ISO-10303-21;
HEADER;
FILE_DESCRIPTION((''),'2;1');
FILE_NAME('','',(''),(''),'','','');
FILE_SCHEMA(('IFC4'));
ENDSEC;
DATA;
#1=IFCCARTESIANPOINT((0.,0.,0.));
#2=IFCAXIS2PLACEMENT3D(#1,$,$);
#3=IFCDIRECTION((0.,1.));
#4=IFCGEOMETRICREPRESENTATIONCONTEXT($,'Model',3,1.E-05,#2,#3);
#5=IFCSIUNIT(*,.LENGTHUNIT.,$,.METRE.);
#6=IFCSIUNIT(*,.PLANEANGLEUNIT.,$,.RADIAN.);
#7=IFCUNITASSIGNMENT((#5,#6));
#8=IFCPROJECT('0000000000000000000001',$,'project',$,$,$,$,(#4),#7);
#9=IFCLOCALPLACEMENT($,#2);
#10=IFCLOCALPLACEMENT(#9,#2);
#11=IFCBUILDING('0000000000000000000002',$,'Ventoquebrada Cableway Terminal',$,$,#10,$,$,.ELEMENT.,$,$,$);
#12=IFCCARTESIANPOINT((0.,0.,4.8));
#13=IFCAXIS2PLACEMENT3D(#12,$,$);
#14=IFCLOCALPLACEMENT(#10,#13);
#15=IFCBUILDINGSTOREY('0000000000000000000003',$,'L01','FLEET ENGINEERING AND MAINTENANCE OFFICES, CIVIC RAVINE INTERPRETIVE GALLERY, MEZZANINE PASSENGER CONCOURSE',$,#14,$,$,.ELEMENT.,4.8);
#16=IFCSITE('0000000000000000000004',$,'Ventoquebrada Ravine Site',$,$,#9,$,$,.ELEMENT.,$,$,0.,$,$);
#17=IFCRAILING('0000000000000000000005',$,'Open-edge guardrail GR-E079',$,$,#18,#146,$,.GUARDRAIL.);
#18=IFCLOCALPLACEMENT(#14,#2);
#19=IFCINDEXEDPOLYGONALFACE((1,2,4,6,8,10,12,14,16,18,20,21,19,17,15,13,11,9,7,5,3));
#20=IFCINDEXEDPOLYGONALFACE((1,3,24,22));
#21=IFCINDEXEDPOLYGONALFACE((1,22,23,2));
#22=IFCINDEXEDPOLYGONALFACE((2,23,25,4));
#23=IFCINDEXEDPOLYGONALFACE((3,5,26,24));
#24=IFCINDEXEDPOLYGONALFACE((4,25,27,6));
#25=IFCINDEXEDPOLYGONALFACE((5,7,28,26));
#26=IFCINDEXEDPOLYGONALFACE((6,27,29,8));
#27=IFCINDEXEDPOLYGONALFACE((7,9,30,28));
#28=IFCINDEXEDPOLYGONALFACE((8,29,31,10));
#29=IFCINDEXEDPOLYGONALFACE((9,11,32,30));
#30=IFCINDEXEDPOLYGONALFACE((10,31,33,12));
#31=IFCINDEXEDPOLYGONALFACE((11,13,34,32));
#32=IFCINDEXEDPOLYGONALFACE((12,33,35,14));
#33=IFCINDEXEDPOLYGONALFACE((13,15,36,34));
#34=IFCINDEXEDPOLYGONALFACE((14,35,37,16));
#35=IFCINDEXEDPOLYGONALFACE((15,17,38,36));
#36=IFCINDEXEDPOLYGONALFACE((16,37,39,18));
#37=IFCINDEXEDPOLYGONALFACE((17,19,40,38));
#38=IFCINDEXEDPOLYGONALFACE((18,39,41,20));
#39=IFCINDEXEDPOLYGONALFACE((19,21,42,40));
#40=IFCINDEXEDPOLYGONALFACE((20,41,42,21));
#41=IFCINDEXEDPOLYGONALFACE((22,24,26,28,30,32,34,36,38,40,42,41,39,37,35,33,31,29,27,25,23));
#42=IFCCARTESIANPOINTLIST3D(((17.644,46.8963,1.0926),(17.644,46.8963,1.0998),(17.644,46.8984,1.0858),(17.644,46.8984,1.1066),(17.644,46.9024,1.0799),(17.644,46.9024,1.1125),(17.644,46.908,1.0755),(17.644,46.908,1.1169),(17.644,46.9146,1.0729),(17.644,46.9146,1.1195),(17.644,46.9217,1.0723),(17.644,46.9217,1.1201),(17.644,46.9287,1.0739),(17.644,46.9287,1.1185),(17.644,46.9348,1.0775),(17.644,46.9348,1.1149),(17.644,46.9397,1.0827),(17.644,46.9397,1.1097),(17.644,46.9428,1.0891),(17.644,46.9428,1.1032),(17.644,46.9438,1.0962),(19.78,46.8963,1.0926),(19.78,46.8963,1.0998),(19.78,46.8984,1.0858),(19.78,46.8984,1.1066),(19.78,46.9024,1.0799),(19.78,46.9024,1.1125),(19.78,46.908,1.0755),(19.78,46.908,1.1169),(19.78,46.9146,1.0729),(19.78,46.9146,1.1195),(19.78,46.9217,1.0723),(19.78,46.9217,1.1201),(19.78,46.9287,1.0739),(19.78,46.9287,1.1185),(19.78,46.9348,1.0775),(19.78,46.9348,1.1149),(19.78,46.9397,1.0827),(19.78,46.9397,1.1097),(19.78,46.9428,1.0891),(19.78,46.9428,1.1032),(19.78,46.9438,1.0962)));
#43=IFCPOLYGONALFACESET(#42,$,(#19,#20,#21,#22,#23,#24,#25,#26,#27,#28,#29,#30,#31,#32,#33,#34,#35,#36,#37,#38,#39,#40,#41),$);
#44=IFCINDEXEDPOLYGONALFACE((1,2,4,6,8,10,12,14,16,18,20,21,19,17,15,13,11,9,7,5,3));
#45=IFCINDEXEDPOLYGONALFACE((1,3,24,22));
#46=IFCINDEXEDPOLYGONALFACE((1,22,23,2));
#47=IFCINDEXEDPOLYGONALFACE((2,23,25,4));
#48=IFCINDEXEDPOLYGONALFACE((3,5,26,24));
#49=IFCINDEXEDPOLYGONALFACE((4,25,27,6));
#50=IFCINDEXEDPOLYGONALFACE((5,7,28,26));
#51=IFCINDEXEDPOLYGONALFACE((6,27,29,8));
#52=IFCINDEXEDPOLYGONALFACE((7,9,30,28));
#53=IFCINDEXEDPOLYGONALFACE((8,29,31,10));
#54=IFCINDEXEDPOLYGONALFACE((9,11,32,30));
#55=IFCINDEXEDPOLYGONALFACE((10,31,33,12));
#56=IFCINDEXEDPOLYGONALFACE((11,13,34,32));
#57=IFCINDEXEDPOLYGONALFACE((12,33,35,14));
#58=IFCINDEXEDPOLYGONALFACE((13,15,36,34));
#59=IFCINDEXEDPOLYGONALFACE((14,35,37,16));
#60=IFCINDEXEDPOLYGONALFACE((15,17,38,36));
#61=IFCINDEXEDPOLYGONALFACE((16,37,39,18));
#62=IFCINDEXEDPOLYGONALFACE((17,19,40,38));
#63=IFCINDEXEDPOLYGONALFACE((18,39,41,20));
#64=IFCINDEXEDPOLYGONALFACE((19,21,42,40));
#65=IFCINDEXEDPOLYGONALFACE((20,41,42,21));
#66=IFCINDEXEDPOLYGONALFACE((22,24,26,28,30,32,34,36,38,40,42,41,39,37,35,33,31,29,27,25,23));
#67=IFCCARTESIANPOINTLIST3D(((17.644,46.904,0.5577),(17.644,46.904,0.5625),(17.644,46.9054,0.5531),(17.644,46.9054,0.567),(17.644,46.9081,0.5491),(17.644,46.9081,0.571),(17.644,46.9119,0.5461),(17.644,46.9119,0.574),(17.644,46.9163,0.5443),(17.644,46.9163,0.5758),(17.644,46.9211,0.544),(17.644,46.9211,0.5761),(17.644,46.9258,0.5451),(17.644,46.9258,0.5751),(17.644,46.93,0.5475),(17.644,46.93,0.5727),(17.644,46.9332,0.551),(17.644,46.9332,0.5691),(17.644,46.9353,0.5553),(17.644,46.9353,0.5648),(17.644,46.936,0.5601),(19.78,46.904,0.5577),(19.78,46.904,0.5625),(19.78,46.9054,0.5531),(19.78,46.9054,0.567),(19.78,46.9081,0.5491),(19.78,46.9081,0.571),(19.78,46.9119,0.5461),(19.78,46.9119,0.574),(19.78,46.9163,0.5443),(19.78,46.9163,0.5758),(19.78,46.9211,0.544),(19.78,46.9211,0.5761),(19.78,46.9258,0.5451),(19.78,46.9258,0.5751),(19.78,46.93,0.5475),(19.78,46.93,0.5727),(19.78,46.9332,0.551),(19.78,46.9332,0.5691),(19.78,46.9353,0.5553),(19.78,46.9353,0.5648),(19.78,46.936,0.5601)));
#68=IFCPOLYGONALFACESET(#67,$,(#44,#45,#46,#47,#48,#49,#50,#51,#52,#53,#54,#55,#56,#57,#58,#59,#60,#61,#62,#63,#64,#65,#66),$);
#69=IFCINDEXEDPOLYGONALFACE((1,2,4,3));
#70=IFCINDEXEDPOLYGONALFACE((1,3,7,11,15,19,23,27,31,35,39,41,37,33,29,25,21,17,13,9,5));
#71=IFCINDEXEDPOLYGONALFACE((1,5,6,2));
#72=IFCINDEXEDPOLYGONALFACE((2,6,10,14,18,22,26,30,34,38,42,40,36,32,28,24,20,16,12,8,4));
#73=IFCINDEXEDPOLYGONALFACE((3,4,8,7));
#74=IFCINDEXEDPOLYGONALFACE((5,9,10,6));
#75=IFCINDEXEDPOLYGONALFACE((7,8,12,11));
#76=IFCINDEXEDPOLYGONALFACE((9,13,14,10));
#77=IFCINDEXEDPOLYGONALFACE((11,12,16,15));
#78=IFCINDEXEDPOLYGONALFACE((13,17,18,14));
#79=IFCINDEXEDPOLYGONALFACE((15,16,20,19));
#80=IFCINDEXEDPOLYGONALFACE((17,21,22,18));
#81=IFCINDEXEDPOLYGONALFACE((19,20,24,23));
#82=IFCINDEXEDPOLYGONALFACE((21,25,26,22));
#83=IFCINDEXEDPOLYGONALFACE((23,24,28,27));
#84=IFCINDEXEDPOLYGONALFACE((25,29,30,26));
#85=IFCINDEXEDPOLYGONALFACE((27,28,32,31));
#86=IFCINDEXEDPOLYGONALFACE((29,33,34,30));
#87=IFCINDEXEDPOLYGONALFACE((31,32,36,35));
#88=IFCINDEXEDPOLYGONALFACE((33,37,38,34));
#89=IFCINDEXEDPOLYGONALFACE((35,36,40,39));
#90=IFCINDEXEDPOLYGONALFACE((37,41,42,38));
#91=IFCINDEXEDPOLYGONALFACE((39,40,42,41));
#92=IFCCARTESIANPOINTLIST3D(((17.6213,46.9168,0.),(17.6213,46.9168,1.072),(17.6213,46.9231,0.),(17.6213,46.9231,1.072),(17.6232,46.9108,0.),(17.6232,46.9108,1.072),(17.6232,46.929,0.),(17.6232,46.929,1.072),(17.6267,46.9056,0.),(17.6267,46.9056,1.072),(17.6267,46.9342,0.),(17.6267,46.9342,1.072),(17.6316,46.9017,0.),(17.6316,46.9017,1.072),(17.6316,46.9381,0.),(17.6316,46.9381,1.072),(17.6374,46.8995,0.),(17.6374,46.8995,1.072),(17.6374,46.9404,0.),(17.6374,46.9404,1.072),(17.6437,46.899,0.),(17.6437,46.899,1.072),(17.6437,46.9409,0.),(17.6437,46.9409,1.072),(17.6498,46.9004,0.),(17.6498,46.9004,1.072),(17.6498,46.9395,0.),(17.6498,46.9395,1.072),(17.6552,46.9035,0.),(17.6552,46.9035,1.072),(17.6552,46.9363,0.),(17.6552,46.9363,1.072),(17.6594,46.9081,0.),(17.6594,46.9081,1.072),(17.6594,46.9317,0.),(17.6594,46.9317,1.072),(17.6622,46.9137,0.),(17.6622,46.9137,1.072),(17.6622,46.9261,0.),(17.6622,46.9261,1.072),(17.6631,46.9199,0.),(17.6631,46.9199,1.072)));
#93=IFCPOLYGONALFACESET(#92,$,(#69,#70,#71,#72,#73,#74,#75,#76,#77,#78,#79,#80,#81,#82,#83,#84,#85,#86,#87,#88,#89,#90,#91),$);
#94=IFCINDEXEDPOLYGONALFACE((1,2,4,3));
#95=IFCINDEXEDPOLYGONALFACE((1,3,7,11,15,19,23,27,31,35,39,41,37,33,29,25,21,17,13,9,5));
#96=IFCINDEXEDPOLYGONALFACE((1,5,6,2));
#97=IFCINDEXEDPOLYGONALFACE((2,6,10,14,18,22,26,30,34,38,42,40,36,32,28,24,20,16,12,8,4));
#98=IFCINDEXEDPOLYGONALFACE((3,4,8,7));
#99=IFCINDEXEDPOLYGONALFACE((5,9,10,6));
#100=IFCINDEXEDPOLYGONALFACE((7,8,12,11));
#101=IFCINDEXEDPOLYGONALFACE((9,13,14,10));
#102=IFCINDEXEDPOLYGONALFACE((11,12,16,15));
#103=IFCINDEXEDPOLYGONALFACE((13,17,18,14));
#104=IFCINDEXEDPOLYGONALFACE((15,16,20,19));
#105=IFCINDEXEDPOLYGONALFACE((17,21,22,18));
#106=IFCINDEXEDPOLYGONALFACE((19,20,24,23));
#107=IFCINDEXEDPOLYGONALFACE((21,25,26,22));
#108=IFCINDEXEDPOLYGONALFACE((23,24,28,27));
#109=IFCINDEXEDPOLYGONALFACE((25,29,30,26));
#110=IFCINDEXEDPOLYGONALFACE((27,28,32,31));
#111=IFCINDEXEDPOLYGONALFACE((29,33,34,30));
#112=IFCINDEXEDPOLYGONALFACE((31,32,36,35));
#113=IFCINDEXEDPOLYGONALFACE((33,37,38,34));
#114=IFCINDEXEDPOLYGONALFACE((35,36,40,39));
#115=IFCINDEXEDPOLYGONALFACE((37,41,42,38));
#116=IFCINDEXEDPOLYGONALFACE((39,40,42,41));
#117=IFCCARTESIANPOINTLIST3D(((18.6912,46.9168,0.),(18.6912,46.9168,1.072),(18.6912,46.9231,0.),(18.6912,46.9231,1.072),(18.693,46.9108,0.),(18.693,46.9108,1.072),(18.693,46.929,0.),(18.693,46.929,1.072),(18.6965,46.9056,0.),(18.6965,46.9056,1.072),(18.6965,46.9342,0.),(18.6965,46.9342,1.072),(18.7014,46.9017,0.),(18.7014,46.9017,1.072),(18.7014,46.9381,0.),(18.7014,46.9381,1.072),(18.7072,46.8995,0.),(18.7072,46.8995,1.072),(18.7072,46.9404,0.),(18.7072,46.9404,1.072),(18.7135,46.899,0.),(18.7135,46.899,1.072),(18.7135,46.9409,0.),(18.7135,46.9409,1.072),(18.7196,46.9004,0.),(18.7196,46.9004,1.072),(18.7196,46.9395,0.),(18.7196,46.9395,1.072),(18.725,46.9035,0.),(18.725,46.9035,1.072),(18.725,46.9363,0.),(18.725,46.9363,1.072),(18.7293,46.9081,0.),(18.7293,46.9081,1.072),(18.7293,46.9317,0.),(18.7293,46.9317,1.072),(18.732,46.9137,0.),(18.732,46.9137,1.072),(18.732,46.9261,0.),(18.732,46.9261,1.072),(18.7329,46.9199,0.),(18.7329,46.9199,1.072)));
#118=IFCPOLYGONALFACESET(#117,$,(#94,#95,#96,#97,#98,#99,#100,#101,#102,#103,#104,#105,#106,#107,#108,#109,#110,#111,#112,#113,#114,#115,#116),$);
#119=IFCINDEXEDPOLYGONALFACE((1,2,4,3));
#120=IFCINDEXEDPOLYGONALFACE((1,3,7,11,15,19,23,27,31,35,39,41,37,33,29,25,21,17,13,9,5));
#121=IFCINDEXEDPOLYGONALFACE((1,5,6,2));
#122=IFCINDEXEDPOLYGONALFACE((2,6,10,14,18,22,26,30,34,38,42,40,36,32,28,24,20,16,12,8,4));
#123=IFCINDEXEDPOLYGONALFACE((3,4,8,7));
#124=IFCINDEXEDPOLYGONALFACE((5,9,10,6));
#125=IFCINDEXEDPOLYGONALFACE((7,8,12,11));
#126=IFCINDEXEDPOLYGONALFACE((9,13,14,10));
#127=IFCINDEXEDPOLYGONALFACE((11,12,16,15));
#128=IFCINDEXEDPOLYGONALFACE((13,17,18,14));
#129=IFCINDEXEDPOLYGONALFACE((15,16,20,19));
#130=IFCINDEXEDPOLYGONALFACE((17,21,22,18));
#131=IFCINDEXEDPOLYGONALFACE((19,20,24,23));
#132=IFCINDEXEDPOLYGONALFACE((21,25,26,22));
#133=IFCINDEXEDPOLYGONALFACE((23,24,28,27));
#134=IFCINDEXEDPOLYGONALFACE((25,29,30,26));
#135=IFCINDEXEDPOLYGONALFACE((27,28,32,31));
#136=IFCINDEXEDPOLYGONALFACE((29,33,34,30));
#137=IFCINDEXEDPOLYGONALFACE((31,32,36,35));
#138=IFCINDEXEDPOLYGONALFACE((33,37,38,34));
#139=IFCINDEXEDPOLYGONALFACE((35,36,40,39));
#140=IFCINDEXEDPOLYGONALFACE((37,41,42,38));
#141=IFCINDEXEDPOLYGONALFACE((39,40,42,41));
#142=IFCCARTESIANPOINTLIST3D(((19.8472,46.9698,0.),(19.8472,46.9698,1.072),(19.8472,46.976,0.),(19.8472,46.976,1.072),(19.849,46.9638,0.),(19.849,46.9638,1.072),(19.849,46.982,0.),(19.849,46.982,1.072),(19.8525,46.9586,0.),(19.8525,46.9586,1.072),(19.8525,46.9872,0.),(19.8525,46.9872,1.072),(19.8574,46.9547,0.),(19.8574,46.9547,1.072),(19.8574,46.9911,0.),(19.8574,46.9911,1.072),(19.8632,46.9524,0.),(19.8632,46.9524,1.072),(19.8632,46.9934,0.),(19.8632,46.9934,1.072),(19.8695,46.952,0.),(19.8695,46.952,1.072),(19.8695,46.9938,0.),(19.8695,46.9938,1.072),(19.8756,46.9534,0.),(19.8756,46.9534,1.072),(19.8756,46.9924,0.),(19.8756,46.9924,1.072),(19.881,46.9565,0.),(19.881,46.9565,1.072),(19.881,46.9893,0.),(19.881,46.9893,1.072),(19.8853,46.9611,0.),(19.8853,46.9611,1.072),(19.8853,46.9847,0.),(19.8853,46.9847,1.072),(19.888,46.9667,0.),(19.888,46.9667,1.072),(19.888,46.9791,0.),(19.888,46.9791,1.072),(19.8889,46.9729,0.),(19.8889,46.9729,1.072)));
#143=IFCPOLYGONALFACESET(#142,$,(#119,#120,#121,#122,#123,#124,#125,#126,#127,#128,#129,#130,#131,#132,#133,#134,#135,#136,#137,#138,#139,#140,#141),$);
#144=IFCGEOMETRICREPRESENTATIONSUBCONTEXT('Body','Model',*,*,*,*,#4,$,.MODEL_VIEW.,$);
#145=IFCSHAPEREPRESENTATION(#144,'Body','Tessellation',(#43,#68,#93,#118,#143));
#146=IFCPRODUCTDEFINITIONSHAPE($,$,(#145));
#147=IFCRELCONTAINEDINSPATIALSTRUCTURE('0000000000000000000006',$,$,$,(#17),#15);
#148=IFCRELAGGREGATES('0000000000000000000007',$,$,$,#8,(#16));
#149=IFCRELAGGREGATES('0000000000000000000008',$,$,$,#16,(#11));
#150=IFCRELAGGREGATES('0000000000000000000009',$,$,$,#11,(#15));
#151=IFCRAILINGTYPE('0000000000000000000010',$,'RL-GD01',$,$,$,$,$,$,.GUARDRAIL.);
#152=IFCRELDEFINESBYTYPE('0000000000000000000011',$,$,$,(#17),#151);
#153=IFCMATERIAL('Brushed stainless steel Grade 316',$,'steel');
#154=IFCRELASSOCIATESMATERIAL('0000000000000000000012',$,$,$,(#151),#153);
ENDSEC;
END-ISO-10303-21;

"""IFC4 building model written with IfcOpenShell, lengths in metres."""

from ifc_helpers import new_model, si_unit, direction, frame, origin, origin_2d, place, context, subcontext, project, spatial, circle, extrude, material, type_object, element, save


model = new_model("IFC4")

# Units and contexts
model_context = context("Model", 3, precision=1e-05, world=origin(), true_north=direction((0.0, 1.0)))
body_context = subcontext(model_context, "Body", "Model", "MODEL_VIEW")
ifc_project = project(units=[si_unit("LENGTHUNIT", "METRE"), si_unit("PLANEANGLEUNIT", "RADIAN")], contexts=[model_context])

# Site, building, storey
site_placement = place(None, origin())
site = spatial("IfcSite", under=ifc_project, at=site_placement, Name="Ventoquebrada Ravine Site", CompositionType="ELEMENT", RefElevation=0.0)
building_placement = place(site_placement, origin())
building = spatial("IfcBuilding", under=site, at=building_placement, Name="Ventoquebrada Cableway Terminal", CompositionType="ELEMENT")
storey_placement = place(building_placement, frame((0.0, 0.0, 4.8)))
storey = spatial("IfcBuildingStorey", under=building, at=storey_placement, Name="L01", Description="FLEET ENGINEERING AND MAINTENANCE OFFICES, CIVIC RAVINE INTERPRETIVE GALLERY, MEZZANINE PASSENGER CONCOURSE", CompositionType="ELEMENT", Elevation=4.8)

# Railing
ifc_material_1 = material(Name="Brushed stainless steel Grade 316", Category="steel")
railing_type = type_object("IfcRailingType", Name="RL-GD01", PredefinedType="GUARDRAIL", material=ifc_material_1)
railing_placement = place(storey_placement, frame((17.6421, 46.9199, 0.0)))
element("IfcRailing", 1, at=railing_placement, inside=storey, type_object=railing_type, Name="Open-edge guardrail GR-E079", PredefinedType="GUARDRAIL", context=body_context, shape_type="SweptSolid", body=[
    extrude(circle(Radius=0.0239, at=origin_2d()), frame((0.002, 0.0, 1.0962), z_axis=(1.0, 0.0, 0.0), x_axis=(0.0, 1.0, 0.0)), (0.0, 0.0, 1.0), 2.136),
    extrude(circle(Radius=0.0161, at=origin_2d()), frame((0.002, 0.0, 0.5601), z_axis=(1.0, 0.0, 0.0), x_axis=(0.0, 1.0, 0.0)), (0.0, 0.0, 1.0), 2.136),
    extrude(circle(Radius=0.021, at=origin_2d()), origin(), (0.0, 0.0, 1.0), 1.072),
    extrude(circle(Radius=0.021, at=origin_2d()), frame((1.0698, 0.0, 0.0)), (0.0, 0.0, 1.0), 1.072),
    extrude(circle(Radius=0.021, at=origin_2d()), frame((2.2258, 0.053, 0.0)), (0.0, 0.0, 1.0), 1.072),
])

save(model, "model.ifc")
